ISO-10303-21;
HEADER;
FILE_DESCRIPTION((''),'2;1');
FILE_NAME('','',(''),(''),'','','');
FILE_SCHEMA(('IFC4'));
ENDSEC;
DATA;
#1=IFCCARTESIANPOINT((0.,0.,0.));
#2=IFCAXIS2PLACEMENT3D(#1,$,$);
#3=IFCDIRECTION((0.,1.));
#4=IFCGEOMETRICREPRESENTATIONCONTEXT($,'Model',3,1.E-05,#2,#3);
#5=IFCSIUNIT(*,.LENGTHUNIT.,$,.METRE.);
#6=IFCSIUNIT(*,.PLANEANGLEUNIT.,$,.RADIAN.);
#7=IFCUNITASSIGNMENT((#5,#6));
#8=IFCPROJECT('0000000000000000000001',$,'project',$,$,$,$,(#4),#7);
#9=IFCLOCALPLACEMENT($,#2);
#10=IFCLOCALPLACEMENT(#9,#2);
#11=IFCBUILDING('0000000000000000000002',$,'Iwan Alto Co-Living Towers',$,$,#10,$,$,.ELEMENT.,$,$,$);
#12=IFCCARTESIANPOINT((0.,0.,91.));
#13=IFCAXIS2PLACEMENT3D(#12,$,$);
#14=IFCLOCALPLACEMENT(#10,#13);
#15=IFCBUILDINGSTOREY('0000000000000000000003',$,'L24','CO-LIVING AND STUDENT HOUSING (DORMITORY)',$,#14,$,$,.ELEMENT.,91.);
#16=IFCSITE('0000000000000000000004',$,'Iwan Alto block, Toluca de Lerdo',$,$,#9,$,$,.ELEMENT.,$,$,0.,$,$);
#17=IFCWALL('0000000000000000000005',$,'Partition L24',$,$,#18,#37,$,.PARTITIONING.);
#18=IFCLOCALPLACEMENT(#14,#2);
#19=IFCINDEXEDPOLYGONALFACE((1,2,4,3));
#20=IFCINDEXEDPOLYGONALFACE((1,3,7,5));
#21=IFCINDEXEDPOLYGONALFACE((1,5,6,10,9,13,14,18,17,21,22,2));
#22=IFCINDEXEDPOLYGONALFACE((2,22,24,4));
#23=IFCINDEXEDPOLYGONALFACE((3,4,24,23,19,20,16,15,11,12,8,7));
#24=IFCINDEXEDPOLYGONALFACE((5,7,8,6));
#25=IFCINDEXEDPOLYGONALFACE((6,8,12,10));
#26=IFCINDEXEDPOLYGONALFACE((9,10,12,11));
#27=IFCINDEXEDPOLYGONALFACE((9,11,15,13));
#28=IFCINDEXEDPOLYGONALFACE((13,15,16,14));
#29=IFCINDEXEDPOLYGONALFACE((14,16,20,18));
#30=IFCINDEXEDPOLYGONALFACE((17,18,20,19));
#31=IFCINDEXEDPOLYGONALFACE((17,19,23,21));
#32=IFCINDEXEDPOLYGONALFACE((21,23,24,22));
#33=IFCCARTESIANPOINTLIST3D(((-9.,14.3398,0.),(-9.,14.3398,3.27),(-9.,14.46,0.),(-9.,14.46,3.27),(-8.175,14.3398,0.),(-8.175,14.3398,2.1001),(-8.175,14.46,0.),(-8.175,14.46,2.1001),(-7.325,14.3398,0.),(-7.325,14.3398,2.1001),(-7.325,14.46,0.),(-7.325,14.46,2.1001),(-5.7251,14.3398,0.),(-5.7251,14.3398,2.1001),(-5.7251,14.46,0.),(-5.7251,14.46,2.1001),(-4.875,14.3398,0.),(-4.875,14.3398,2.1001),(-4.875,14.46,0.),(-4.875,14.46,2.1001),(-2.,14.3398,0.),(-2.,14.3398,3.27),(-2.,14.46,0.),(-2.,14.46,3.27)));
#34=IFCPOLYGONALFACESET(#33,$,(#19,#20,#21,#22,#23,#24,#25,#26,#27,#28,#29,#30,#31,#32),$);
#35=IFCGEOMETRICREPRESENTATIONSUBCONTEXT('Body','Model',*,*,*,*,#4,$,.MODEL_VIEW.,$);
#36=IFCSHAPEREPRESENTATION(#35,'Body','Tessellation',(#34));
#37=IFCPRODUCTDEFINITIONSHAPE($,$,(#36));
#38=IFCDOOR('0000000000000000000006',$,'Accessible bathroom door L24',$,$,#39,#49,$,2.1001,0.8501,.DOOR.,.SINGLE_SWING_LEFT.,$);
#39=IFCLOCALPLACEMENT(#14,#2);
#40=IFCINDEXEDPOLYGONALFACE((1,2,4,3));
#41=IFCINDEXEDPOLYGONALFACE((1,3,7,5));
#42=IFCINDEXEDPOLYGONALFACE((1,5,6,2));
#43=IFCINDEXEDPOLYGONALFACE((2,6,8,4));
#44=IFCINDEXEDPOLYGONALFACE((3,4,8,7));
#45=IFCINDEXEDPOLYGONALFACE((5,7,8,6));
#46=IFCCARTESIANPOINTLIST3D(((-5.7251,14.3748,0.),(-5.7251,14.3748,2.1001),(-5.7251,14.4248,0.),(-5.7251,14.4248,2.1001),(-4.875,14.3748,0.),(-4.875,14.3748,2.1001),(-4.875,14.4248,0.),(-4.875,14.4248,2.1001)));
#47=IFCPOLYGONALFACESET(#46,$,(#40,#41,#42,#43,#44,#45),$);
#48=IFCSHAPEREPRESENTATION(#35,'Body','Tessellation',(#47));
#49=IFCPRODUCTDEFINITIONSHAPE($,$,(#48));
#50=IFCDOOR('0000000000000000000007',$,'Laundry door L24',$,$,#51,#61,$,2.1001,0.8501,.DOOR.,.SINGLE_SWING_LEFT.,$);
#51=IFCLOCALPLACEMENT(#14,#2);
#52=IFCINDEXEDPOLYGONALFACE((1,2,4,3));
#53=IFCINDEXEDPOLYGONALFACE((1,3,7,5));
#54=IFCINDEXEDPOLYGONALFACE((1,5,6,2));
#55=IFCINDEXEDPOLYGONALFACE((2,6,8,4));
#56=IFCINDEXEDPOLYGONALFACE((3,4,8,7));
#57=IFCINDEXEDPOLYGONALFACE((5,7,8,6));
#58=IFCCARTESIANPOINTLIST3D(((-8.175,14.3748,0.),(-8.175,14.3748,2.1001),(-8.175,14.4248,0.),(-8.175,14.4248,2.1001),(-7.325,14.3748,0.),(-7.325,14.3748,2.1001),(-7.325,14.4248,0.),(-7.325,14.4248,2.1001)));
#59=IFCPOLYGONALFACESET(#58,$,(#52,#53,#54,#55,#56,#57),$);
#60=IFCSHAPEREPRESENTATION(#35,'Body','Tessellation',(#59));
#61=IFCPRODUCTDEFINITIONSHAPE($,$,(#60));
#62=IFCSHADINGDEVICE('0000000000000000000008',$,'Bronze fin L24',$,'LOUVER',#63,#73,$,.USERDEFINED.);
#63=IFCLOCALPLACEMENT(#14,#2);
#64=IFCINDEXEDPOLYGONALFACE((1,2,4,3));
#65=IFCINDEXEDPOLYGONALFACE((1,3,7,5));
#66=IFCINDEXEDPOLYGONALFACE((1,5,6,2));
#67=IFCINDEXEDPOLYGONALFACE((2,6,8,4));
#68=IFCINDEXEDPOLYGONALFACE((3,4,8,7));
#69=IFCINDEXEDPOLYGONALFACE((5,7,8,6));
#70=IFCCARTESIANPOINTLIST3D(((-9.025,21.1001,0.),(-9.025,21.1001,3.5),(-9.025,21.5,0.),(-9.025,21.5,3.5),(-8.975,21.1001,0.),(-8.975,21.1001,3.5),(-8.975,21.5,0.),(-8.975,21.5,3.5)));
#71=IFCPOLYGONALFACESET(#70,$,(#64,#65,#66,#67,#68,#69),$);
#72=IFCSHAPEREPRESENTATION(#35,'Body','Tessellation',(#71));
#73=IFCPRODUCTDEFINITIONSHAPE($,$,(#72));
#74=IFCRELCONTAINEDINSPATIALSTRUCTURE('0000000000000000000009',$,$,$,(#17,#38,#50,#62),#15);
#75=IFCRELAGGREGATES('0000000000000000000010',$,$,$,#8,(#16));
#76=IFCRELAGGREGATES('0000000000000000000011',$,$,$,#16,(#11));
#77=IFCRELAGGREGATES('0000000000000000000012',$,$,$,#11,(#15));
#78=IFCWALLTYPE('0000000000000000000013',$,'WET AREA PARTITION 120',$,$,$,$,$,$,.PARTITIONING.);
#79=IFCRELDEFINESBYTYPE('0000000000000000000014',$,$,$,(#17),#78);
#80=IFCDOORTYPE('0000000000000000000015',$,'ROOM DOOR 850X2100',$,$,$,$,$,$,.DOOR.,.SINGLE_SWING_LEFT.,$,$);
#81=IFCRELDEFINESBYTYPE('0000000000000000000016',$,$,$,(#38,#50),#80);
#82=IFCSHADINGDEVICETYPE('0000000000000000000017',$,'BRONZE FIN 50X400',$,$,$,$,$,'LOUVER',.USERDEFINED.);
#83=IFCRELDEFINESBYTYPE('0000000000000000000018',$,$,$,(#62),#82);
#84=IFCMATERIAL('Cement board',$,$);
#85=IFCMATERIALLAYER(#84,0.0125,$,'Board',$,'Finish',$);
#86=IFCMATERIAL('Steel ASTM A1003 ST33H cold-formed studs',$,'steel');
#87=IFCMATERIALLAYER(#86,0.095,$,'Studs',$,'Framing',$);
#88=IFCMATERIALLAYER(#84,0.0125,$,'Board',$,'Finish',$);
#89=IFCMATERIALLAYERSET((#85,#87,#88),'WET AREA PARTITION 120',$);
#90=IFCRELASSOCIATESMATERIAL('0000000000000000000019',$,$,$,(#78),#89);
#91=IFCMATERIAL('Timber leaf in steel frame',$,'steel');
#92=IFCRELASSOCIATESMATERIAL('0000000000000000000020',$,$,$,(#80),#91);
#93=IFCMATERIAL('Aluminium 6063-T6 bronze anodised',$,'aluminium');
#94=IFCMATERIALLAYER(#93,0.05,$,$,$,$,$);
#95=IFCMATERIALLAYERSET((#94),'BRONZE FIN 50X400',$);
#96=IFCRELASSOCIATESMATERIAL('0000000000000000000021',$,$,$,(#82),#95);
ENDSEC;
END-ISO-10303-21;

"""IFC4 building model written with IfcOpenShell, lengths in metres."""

from ifc_helpers import new_model, si_unit, direction, frame, frame_2d, origin, origin_2d, place, context, subcontext, project, spatial, rectangle, extrude, material, layer, layer_set, type_object, element, fill, save


model = new_model("IFC4")

# Units and contexts
model_context = context("Model", 3, precision=1e-05, world=origin(), true_north=direction((0.0, 1.0)))
body_context = subcontext(model_context, "Body", "Model", "MODEL_VIEW")
ifc_project = project(units=[si_unit("LENGTHUNIT", "METRE"), si_unit("PLANEANGLEUNIT", "RADIAN")], contexts=[model_context])

# Site, building, storey
site_placement = place(None, origin())
site = spatial("IfcSite", under=ifc_project, at=site_placement, Name="Iwan Alto block, Toluca de Lerdo", CompositionType="ELEMENT", RefElevation=0.0)
building_placement = place(site_placement, origin())
building = spatial("IfcBuilding", under=site, at=building_placement, Name="Iwan Alto Co-Living Towers", CompositionType="ELEMENT")
storey_placement = place(building_placement, frame((0.0, 0.0, 91.0)))
storey = spatial("IfcBuildingStorey", under=building, at=storey_placement, Name="L24", Description="CO-LIVING AND STUDENT HOUSING (DORMITORY)", CompositionType="ELEMENT", Elevation=91.0)

# Shared definitions
ifc_material_1 = material(Name="Steel ASTM A1003 ST33H cold-formed studs", Category="steel")

# Wall, openings, doors
ifc_material_2 = material(Name="Cement board")
ifc_layer_1 = layer(ifc_material_2, 0.0125, Name="Board", Category="Finish")
ifc_layer_2 = layer(ifc_material_1, 0.095, Name="Studs", Category="Framing")
ifc_layer_3 = layer(ifc_material_2, 0.0125, Name="Board", Category="Finish")
ifc_layer_set_1 = layer_set([ifc_layer_1, ifc_layer_2, ifc_layer_3], Name="WET AREA PARTITION 120")
wall_type_1 = type_object("IfcWallType", Name="WET AREA PARTITION 120", PredefinedType="PARTITIONING", material=ifc_layer_set_1)
wall_1_placement = place(storey_placement, frame((-9.0, 14.3999, 0.0), z_axis=(0.0, 0.0, 1.0), x_axis=(1.0, 0.0, 0.0)))
wall_1 = element("IfcWall", 1, at=wall_1_placement, inside=storey, type_object=wall_type_1, Name="Partition L24", PredefinedType="PARTITIONING", context=body_context, shape_type="SweptSolid", body=[
    extrude(rectangle(XDim=7.0, YDim=0.1201, at=frame_2d((3.5, 0.0))), origin(), (0.0, 0.0, 1.0), 3.27),
])
opening_1_placement = place(wall_1_placement, frame((3.2749, 0.0, 0.0)))
opening_1 = element("IfcOpeningElement", 2, at=opening_1_placement, cuts=wall_1, PredefinedType="OPENING", context=body_context, shape_type="SweptSolid", body=[
    extrude(rectangle(XDim=0.8501, YDim=2.1001, at=frame_2d((0.425, 1.05))), frame((0.0, 0.0701, 0.0), z_axis=(0.0, -1.0, 0.0), x_axis=(1.0, 0.0, 0.0)), (0.0, 0.0, 1.0), 0.1401),
])
opening_2_placement = place(wall_1_placement, frame((0.825, 0.0, 0.0)))
opening_2 = element("IfcOpeningElement", 3, at=opening_2_placement, cuts=wall_1, PredefinedType="OPENING", context=body_context, shape_type="SweptSolid", body=[
    extrude(rectangle(XDim=0.8501, YDim=2.1001, at=frame_2d((0.425, 1.05))), frame((0.0, 0.0701, 0.0), z_axis=(0.0, -1.0, 0.0), x_axis=(1.0, 0.0, 0.0)), (0.0, 0.0, 1.0), 0.1401),
])
ifc_material_3 = material(Name="Timber leaf in steel frame", Category="steel")
door_type_1 = type_object("IfcDoorType", Name="ROOM DOOR 850X2100", OperationType="SINGLE_SWING_LEFT", PredefinedType="DOOR", material=ifc_material_3)
door_1_placement = place(opening_1_placement, origin())
door_1 = element("IfcDoor", 4, at=door_1_placement, inside=storey, type_object=door_type_1, Name="Accessible bathroom door L24", OperationType="SINGLE_SWING_LEFT", OverallHeight=2.1001, OverallWidth=0.8501, PredefinedType="DOOR", context=body_context, shape_type="SweptSolid", body=[
    extrude(rectangle(XDim=0.8501, YDim=2.1001, at=frame_2d((0.425, 1.05))), frame((0.0, 0.0249, 0.0), z_axis=(0.0, -1.0, 0.0), x_axis=(1.0, 0.0, 0.0)), (0.0, 0.0, 1.0), 0.05),
])
fill(opening_1, door_1)
door_2_placement = place(opening_2_placement, origin())
door_2 = element("IfcDoor", 5, at=door_2_placement, inside=storey, type_object=door_type_1, Name="Laundry door L24", OperationType="SINGLE_SWING_LEFT", OverallHeight=2.1001, OverallWidth=0.8501, PredefinedType="DOOR", context=body_context, shape_type="SweptSolid", body=[
    extrude(rectangle(XDim=0.8501, YDim=2.1001, at=frame_2d((0.425, 1.05))), frame((0.0, 0.0249, 0.0), z_axis=(0.0, -1.0, 0.0), x_axis=(1.0, 0.0, 0.0)), (0.0, 0.0, 1.0), 0.05),
])
fill(opening_2, door_2)

# Shading device
ifc_material_4 = material(Name="Aluminium 6063-T6 bronze anodised", Category="aluminium")
ifc_layer_4 = layer(ifc_material_4, 0.05)
ifc_layer_set_2 = layer_set([ifc_layer_4], Name="BRONZE FIN 50X400")
shading_device_type = type_object("IfcShadingDeviceType", Name="BRONZE FIN 50X400", ElementType="LOUVER", PredefinedType="USERDEFINED", material=ifc_layer_set_2)
shading_device_placement = place(storey_placement, frame((-9.0, 21.3, 0.0), z_axis=(0.0, 0.0, 1.0), x_axis=(-1.0, 0.0, 0.0)))
element("IfcShadingDevice", 6, at=shading_device_placement, inside=storey, type_object=shading_device_type, Name="Bronze fin L24", ObjectType="LOUVER", PredefinedType="USERDEFINED", context=body_context, shape_type="SweptSolid", body=[
    extrude(rectangle(XDim=0.05, YDim=0.3999, at=origin_2d()), origin(), (0.0, 0.0, 1.0), 3.5),
])

save(model, "model.ifc")
